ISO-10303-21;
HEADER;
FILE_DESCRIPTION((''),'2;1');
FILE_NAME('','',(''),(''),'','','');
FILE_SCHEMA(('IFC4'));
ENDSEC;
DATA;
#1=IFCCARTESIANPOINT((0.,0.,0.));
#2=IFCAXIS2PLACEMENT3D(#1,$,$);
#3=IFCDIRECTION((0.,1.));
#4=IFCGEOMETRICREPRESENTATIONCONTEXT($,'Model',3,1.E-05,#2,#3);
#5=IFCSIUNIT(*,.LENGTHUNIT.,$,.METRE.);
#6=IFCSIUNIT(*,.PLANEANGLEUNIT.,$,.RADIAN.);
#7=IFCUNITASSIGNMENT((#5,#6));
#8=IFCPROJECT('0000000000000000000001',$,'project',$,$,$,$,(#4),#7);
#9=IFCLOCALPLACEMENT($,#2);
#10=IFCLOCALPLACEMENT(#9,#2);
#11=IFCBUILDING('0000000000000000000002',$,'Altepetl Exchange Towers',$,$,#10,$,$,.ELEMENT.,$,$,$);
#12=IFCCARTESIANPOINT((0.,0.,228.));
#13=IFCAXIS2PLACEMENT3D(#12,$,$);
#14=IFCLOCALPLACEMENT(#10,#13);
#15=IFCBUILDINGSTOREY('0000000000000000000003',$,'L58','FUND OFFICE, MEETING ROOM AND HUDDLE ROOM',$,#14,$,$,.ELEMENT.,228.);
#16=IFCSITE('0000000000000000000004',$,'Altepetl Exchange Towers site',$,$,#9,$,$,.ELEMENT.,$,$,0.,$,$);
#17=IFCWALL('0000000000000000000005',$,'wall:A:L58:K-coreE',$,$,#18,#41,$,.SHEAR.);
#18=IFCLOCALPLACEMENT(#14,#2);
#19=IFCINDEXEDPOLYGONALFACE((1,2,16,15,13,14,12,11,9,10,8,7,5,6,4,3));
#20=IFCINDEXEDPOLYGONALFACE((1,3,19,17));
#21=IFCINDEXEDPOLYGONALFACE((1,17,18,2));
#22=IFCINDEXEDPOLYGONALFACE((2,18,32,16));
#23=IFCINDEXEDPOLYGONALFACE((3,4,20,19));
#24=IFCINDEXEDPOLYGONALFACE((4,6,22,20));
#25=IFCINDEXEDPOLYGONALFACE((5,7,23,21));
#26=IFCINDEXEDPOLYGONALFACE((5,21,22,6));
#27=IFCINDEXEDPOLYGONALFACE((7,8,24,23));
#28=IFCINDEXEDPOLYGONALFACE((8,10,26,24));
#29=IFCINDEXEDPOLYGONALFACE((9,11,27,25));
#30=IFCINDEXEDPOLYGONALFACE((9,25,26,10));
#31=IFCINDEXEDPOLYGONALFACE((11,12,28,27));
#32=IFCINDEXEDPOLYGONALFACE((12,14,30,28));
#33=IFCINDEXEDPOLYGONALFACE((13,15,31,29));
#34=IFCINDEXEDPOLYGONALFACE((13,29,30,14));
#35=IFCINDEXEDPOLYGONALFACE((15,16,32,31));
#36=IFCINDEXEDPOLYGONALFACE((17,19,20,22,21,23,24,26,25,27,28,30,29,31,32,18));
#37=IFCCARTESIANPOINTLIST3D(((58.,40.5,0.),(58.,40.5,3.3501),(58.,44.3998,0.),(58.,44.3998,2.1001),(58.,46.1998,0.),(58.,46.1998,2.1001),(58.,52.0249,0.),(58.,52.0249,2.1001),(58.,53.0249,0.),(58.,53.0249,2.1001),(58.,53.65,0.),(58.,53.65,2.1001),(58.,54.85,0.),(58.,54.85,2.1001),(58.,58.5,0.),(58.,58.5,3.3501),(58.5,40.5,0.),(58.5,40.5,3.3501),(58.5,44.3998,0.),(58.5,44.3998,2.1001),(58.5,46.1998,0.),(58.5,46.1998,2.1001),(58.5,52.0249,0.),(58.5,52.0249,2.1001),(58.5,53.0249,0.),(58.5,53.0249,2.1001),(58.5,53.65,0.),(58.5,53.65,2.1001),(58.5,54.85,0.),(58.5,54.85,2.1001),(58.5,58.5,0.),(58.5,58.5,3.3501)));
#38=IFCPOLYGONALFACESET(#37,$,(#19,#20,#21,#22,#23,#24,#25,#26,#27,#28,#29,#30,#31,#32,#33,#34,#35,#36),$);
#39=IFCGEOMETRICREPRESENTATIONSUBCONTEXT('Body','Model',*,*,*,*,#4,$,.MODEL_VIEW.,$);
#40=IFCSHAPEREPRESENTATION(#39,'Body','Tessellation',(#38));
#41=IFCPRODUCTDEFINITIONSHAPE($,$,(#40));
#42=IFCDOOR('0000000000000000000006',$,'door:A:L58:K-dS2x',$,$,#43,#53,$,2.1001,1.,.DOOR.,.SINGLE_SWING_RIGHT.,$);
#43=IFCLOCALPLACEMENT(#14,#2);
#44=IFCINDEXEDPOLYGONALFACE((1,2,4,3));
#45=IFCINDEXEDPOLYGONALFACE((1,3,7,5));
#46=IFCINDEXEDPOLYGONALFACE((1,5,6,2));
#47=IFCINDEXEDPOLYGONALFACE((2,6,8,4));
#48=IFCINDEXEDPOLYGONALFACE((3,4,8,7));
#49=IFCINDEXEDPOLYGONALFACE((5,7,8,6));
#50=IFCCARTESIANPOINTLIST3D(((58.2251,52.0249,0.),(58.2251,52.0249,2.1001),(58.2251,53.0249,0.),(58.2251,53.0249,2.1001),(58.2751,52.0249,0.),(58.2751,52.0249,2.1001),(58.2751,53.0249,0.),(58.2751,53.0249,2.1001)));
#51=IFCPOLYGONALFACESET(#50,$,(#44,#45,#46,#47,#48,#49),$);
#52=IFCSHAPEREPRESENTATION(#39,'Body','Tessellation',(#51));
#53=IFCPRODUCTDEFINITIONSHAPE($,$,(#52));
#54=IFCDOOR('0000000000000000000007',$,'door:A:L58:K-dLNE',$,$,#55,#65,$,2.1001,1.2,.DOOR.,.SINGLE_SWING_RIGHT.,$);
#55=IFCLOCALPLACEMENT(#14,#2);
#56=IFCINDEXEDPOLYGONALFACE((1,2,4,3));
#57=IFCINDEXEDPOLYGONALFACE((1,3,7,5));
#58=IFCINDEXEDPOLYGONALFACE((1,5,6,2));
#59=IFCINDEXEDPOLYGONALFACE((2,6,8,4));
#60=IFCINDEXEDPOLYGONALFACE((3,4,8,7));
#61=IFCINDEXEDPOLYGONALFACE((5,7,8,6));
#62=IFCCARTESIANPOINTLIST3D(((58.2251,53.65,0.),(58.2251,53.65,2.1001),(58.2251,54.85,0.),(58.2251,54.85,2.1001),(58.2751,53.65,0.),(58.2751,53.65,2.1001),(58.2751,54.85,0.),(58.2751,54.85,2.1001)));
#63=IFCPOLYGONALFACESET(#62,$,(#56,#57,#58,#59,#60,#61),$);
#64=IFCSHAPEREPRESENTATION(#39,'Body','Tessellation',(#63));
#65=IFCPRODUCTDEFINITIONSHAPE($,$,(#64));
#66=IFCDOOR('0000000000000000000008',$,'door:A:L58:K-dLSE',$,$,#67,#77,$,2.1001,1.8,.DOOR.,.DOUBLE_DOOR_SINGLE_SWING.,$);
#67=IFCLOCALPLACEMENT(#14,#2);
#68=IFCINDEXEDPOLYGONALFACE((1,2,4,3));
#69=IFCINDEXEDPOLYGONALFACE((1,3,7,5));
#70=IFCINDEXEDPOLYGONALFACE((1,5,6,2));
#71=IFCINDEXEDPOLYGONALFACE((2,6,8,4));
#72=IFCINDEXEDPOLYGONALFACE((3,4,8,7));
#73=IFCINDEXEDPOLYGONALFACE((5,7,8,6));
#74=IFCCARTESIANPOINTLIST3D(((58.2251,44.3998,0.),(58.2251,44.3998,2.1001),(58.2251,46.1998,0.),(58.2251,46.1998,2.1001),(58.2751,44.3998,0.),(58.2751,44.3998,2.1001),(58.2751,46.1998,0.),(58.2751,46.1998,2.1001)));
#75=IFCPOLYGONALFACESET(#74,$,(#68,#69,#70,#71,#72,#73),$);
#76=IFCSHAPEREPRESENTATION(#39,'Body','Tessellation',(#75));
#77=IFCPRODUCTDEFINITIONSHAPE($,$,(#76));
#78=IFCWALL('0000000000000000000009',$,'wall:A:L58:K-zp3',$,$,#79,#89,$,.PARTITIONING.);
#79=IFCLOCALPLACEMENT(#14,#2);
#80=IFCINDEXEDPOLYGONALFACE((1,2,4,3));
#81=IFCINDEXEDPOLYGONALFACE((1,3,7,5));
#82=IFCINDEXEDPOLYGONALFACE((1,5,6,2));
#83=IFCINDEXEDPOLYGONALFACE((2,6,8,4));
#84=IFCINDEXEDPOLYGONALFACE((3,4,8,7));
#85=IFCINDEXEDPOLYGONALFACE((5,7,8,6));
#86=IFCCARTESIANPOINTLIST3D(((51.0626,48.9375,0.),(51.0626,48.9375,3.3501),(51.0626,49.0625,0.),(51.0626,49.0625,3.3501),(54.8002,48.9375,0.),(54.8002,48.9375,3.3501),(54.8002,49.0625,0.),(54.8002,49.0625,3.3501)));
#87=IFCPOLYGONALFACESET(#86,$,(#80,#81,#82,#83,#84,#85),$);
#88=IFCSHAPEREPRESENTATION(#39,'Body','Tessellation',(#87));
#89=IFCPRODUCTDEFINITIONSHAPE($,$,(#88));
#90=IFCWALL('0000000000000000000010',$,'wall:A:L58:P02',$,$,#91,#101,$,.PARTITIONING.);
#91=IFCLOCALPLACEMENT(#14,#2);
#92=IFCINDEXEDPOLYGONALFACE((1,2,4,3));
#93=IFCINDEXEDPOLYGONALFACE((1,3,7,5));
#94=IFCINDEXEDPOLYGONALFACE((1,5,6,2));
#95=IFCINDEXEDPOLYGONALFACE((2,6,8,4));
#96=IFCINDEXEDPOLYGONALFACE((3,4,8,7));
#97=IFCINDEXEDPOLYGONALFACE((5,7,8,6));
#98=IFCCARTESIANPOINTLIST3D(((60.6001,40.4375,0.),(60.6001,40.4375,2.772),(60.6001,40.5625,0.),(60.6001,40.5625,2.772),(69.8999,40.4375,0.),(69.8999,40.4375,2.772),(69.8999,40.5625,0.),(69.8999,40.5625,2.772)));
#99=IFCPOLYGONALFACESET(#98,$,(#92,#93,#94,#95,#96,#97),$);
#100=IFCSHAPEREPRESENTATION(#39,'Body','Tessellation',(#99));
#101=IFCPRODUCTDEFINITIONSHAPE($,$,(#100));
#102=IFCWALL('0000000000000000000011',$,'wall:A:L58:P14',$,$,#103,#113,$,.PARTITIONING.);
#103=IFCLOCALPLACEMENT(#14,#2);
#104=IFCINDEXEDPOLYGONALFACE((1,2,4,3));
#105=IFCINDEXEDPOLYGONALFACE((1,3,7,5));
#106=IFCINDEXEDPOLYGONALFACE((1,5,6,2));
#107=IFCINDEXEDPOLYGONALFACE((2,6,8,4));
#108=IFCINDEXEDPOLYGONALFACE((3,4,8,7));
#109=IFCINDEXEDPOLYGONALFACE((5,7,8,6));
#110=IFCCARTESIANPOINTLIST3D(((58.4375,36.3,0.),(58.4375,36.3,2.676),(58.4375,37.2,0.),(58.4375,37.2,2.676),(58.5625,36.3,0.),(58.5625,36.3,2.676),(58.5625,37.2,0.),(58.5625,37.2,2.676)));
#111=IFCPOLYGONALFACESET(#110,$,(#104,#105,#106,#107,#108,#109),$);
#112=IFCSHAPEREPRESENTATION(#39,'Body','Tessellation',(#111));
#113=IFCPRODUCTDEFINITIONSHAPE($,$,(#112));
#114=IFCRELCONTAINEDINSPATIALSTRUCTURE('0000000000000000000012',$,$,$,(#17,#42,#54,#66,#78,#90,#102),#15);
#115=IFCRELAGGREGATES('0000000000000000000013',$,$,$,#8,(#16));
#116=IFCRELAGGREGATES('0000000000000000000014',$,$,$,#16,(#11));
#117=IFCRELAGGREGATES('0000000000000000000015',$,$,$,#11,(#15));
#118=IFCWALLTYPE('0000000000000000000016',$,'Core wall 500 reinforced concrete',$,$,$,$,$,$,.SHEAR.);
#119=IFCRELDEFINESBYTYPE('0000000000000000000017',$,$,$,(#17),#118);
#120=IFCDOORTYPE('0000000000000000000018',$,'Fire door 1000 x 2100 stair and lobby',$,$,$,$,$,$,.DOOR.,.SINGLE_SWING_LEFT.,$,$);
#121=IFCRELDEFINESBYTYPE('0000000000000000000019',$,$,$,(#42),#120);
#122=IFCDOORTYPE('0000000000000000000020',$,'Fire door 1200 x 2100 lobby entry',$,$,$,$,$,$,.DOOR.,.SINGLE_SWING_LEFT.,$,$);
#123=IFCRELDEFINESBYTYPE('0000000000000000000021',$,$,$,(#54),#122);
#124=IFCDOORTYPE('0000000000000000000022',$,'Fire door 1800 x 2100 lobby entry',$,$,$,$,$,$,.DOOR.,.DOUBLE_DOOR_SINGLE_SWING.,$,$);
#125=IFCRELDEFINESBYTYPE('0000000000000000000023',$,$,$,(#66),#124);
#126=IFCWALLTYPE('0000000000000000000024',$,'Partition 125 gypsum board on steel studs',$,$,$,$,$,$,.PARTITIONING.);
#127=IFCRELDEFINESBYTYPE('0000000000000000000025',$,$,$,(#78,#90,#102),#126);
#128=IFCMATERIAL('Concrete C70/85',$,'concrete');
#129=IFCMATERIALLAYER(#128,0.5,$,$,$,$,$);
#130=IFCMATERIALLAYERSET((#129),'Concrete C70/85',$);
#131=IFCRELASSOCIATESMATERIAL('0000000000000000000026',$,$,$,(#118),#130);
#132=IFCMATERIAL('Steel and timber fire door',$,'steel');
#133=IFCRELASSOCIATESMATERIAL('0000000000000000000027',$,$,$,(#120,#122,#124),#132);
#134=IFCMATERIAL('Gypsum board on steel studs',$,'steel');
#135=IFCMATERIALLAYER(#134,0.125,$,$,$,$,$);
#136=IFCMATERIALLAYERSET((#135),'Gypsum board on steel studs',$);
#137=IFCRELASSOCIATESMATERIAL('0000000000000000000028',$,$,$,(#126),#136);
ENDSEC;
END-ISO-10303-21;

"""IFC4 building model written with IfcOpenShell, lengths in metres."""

from ifc_helpers import new_model, si_unit, direction, frame, frame_2d, origin, place, context, subcontext, project, spatial, rectangle, extrude, material, layer, layer_set, type_object, element, fill, save


model = new_model("IFC4")

# Units and contexts
model_context = context("Model", 3, precision=1e-05, world=origin(), true_north=direction((0.0, 1.0)))
body_context = subcontext(model_context, "Body", "Model", "MODEL_VIEW")
ifc_project = project(units=[si_unit("LENGTHUNIT", "METRE"), si_unit("PLANEANGLEUNIT", "RADIAN")], contexts=[model_context])

# Site, building, storey
site_placement = place(None, origin())
site = spatial("IfcSite", under=ifc_project, at=site_placement, Name="Altepetl Exchange Towers site", CompositionType="ELEMENT", RefElevation=0.0)
building_placement = place(site_placement, origin())
building = spatial("IfcBuilding", under=site, at=building_placement, Name="Altepetl Exchange Towers", CompositionType="ELEMENT")
storey_placement = place(building_placement, frame((0.0, 0.0, 228.0)))
storey = spatial("IfcBuildingStorey", under=building, at=storey_placement, Name="L58", Description="FUND OFFICE, MEETING ROOM AND HUDDLE ROOM", CompositionType="ELEMENT", Elevation=228.0)

# Shared definitions
ifc_material_1 = material(Name="Concrete C70/85", Category="concrete")

# Wall, openings, doors
ifc_layer_1 = layer(ifc_material_1, 0.5)
ifc_layer_set_1 = layer_set([ifc_layer_1], Name="Concrete C70/85")
wall_type_1 = type_object("IfcWallType", Name="Core wall 500 reinforced concrete", PredefinedType="SHEAR", material=ifc_layer_set_1)
wall_1_placement = place(storey_placement, frame((58.25, 40.5, 0.0), z_axis=(0.0, 0.0, 1.0), x_axis=(0.0, 1.0, 0.0)))
wall_1 = element("IfcWall", 1, at=wall_1_placement, inside=storey, type_object=wall_type_1, Name="wall:A:L58:K-coreE", PredefinedType="SHEAR", context=body_context, shape_type="SweptSolid", body=[
    extrude(rectangle(XDim=18.0, YDim=0.5, at=frame_2d((9.0, 0.0))), origin(), (0.0, 0.0, 1.0), 3.3501),
])
opening_1_placement = place(wall_1_placement, frame((13.1499, 0.0, 0.0)))
opening_1 = element("IfcOpeningElement", 2, at=opening_1_placement, cuts=wall_1, PredefinedType="OPENING", context=body_context, shape_type="SweptSolid", body=[
    extrude(rectangle(XDim=1.2, YDim=2.1001, at=frame_2d((0.6001, 1.05))), frame((0.0, 0.26, 0.0), z_axis=(0.0, -1.0, 0.0), x_axis=(1.0, 0.0, 0.0)), (0.0, 0.0, 1.0), 0.52),
])
opening_2_placement = place(wall_1_placement, frame((3.8999, 0.0, 0.0)))
opening_2 = element("IfcOpeningElement", 3, at=opening_2_placement, cuts=wall_1, PredefinedType="OPENING", context=body_context, shape_type="SweptSolid", body=[
    extrude(rectangle(XDim=1.8, YDim=2.1001, at=frame_2d((0.8999, 1.05))), frame((0.0, 0.26, 0.0), z_axis=(0.0, -1.0, 0.0), x_axis=(1.0, 0.0, 0.0)), (0.0, 0.0, 1.0), 0.52),
])
opening_3_placement = place(wall_1_placement, frame((11.5249, 0.0, 0.0)))
opening_3 = element("IfcOpeningElement", 4, at=opening_3_placement, cuts=wall_1, PredefinedType="OPENING", context=body_context, shape_type="SweptSolid", body=[
    extrude(rectangle(XDim=1.0, YDim=2.1001, at=frame_2d((0.5, 1.05))), frame((0.0, 0.26, 0.0), z_axis=(0.0, -1.0, 0.0), x_axis=(1.0, 0.0, 0.0)), (0.0, 0.0, 1.0), 0.52),
])
ifc_material_2 = material(Name="Steel and timber fire door", Category="steel")
door_type_1 = type_object("IfcDoorType", Name="Fire door 1000 x 2100 stair and lobby", OperationType="SINGLE_SWING_LEFT", PredefinedType="DOOR", material=ifc_material_2)
door_1_placement = place(opening_3_placement, origin())
door_1 = element("IfcDoor", 5, at=door_1_placement, inside=storey, type_object=door_type_1, Name="door:A:L58:K-dS2x", OperationType="SINGLE_SWING_RIGHT", OverallHeight=2.1001, OverallWidth=1.0, PredefinedType="DOOR", context=body_context, shape_type="SweptSolid", body=[
    extrude(rectangle(XDim=1.0, YDim=2.1001, at=frame_2d((0.5, 1.05))), frame((0.0, 0.0249, 0.0), z_axis=(0.0, -1.0, 0.0), x_axis=(1.0, 0.0, 0.0)), (0.0, 0.0, 1.0), 0.05),
])
fill(opening_3, door_1)
door_type_2 = type_object("IfcDoorType", Name="Fire door 1200 x 2100 lobby entry", OperationType="SINGLE_SWING_LEFT", PredefinedType="DOOR", material=ifc_material_2)
door_2_placement = place(opening_1_placement, origin())
door_2 = element("IfcDoor", 6, at=door_2_placement, inside=storey, type_object=door_type_2, Name="door:A:L58:K-dLNE", OperationType="SINGLE_SWING_RIGHT", OverallHeight=2.1001, OverallWidth=1.2, PredefinedType="DOOR", context=body_context, shape_type="SweptSolid", body=[
    extrude(rectangle(XDim=1.2, YDim=2.1001, at=frame_2d((0.6001, 1.05))), frame((0.0, 0.0249, 0.0), z_axis=(0.0, -1.0, 0.0), x_axis=(1.0, 0.0, 0.0)), (0.0, 0.0, 1.0), 0.05),
])
fill(opening_1, door_2)
door_type_3 = type_object("IfcDoorType", Name="Fire door 1800 x 2100 lobby entry", OperationType="DOUBLE_DOOR_SINGLE_SWING", PredefinedType="DOOR", material=ifc_material_2)
door_3_placement = place(opening_2_placement, origin())
door_3 = element("IfcDoor", 7, at=door_3_placement, inside=storey, type_object=door_type_3, Name="door:A:L58:K-dLSE", OperationType="DOUBLE_DOOR_SINGLE_SWING", OverallHeight=2.1001, OverallWidth=1.8, PredefinedType="DOOR", context=body_context, shape_type="SweptSolid", body=[
    extrude(rectangle(XDim=1.8, YDim=2.1001, at=frame_2d((0.8999, 1.05))), frame((0.0, 0.0249, 0.0), z_axis=(0.0, -1.0, 0.0), x_axis=(1.0, 0.0, 0.0)), (0.0, 0.0, 1.0), 0.05),
])
fill(opening_2, door_3)

# Walls
ifc_material_3 = material(Name="Gypsum board on steel studs", Category="steel")
ifc_layer_2 = layer(ifc_material_3, 0.125)
ifc_layer_set_2 = layer_set([ifc_layer_2], Name="Gypsum board on steel studs")
wall_type_2 = type_object("IfcWallType", Name="Partition 125 gypsum board on steel studs", PredefinedType="PARTITIONING", material=ifc_layer_set_2)
wall_2_placement = place(storey_placement, frame((54.8, 49.0, 0.0), z_axis=(0.0, 0.0, 1.0), x_axis=(-1.0, 0.0, 0.0)))
element("IfcWall", 8, at=wall_2_placement, inside=storey, type_object=wall_type_2, Name="wall:A:L58:K-zp3", PredefinedType="PARTITIONING", context=body_context, shape_type="SweptSolid", body=[
    extrude(rectangle(XDim=3.7375, YDim=0.125, at=frame_2d((1.8687, 0.0))), origin(), (0.0, 0.0, 1.0), 3.3501),
])
wall_3_placement = place(storey_placement, frame((60.6001, 40.5, 0.0)))
element("IfcWall", 9, at=wall_3_placement, inside=storey, type_object=wall_type_2, Name="wall:A:L58:P02", PredefinedType="PARTITIONING", context=body_context, shape_type="SweptSolid", body=[
    extrude(rectangle(XDim=9.2998, YDim=0.125, at=frame_2d((4.6499, 0.0))), origin(), (0.0, 0.0, 1.0), 2.772),
])
wall_4_placement = place(storey_placement, frame((58.5, 36.3, 0.0), z_axis=(0.0, 0.0, 1.0), x_axis=(0.0, 1.0, 0.0)))
element("IfcWall", 10, at=wall_4_placement, inside=storey, type_object=wall_type_2, Name="wall:A:L58:P14", PredefinedType="PARTITIONING", context=body_context, shape_type="SweptSolid", body=[
    extrude(rectangle(XDim=0.8999, YDim=0.125, at=frame_2d((0.45, 0.0))), origin(), (0.0, 0.0, 1.0), 2.676),
])

save(model, "model.ifc")
